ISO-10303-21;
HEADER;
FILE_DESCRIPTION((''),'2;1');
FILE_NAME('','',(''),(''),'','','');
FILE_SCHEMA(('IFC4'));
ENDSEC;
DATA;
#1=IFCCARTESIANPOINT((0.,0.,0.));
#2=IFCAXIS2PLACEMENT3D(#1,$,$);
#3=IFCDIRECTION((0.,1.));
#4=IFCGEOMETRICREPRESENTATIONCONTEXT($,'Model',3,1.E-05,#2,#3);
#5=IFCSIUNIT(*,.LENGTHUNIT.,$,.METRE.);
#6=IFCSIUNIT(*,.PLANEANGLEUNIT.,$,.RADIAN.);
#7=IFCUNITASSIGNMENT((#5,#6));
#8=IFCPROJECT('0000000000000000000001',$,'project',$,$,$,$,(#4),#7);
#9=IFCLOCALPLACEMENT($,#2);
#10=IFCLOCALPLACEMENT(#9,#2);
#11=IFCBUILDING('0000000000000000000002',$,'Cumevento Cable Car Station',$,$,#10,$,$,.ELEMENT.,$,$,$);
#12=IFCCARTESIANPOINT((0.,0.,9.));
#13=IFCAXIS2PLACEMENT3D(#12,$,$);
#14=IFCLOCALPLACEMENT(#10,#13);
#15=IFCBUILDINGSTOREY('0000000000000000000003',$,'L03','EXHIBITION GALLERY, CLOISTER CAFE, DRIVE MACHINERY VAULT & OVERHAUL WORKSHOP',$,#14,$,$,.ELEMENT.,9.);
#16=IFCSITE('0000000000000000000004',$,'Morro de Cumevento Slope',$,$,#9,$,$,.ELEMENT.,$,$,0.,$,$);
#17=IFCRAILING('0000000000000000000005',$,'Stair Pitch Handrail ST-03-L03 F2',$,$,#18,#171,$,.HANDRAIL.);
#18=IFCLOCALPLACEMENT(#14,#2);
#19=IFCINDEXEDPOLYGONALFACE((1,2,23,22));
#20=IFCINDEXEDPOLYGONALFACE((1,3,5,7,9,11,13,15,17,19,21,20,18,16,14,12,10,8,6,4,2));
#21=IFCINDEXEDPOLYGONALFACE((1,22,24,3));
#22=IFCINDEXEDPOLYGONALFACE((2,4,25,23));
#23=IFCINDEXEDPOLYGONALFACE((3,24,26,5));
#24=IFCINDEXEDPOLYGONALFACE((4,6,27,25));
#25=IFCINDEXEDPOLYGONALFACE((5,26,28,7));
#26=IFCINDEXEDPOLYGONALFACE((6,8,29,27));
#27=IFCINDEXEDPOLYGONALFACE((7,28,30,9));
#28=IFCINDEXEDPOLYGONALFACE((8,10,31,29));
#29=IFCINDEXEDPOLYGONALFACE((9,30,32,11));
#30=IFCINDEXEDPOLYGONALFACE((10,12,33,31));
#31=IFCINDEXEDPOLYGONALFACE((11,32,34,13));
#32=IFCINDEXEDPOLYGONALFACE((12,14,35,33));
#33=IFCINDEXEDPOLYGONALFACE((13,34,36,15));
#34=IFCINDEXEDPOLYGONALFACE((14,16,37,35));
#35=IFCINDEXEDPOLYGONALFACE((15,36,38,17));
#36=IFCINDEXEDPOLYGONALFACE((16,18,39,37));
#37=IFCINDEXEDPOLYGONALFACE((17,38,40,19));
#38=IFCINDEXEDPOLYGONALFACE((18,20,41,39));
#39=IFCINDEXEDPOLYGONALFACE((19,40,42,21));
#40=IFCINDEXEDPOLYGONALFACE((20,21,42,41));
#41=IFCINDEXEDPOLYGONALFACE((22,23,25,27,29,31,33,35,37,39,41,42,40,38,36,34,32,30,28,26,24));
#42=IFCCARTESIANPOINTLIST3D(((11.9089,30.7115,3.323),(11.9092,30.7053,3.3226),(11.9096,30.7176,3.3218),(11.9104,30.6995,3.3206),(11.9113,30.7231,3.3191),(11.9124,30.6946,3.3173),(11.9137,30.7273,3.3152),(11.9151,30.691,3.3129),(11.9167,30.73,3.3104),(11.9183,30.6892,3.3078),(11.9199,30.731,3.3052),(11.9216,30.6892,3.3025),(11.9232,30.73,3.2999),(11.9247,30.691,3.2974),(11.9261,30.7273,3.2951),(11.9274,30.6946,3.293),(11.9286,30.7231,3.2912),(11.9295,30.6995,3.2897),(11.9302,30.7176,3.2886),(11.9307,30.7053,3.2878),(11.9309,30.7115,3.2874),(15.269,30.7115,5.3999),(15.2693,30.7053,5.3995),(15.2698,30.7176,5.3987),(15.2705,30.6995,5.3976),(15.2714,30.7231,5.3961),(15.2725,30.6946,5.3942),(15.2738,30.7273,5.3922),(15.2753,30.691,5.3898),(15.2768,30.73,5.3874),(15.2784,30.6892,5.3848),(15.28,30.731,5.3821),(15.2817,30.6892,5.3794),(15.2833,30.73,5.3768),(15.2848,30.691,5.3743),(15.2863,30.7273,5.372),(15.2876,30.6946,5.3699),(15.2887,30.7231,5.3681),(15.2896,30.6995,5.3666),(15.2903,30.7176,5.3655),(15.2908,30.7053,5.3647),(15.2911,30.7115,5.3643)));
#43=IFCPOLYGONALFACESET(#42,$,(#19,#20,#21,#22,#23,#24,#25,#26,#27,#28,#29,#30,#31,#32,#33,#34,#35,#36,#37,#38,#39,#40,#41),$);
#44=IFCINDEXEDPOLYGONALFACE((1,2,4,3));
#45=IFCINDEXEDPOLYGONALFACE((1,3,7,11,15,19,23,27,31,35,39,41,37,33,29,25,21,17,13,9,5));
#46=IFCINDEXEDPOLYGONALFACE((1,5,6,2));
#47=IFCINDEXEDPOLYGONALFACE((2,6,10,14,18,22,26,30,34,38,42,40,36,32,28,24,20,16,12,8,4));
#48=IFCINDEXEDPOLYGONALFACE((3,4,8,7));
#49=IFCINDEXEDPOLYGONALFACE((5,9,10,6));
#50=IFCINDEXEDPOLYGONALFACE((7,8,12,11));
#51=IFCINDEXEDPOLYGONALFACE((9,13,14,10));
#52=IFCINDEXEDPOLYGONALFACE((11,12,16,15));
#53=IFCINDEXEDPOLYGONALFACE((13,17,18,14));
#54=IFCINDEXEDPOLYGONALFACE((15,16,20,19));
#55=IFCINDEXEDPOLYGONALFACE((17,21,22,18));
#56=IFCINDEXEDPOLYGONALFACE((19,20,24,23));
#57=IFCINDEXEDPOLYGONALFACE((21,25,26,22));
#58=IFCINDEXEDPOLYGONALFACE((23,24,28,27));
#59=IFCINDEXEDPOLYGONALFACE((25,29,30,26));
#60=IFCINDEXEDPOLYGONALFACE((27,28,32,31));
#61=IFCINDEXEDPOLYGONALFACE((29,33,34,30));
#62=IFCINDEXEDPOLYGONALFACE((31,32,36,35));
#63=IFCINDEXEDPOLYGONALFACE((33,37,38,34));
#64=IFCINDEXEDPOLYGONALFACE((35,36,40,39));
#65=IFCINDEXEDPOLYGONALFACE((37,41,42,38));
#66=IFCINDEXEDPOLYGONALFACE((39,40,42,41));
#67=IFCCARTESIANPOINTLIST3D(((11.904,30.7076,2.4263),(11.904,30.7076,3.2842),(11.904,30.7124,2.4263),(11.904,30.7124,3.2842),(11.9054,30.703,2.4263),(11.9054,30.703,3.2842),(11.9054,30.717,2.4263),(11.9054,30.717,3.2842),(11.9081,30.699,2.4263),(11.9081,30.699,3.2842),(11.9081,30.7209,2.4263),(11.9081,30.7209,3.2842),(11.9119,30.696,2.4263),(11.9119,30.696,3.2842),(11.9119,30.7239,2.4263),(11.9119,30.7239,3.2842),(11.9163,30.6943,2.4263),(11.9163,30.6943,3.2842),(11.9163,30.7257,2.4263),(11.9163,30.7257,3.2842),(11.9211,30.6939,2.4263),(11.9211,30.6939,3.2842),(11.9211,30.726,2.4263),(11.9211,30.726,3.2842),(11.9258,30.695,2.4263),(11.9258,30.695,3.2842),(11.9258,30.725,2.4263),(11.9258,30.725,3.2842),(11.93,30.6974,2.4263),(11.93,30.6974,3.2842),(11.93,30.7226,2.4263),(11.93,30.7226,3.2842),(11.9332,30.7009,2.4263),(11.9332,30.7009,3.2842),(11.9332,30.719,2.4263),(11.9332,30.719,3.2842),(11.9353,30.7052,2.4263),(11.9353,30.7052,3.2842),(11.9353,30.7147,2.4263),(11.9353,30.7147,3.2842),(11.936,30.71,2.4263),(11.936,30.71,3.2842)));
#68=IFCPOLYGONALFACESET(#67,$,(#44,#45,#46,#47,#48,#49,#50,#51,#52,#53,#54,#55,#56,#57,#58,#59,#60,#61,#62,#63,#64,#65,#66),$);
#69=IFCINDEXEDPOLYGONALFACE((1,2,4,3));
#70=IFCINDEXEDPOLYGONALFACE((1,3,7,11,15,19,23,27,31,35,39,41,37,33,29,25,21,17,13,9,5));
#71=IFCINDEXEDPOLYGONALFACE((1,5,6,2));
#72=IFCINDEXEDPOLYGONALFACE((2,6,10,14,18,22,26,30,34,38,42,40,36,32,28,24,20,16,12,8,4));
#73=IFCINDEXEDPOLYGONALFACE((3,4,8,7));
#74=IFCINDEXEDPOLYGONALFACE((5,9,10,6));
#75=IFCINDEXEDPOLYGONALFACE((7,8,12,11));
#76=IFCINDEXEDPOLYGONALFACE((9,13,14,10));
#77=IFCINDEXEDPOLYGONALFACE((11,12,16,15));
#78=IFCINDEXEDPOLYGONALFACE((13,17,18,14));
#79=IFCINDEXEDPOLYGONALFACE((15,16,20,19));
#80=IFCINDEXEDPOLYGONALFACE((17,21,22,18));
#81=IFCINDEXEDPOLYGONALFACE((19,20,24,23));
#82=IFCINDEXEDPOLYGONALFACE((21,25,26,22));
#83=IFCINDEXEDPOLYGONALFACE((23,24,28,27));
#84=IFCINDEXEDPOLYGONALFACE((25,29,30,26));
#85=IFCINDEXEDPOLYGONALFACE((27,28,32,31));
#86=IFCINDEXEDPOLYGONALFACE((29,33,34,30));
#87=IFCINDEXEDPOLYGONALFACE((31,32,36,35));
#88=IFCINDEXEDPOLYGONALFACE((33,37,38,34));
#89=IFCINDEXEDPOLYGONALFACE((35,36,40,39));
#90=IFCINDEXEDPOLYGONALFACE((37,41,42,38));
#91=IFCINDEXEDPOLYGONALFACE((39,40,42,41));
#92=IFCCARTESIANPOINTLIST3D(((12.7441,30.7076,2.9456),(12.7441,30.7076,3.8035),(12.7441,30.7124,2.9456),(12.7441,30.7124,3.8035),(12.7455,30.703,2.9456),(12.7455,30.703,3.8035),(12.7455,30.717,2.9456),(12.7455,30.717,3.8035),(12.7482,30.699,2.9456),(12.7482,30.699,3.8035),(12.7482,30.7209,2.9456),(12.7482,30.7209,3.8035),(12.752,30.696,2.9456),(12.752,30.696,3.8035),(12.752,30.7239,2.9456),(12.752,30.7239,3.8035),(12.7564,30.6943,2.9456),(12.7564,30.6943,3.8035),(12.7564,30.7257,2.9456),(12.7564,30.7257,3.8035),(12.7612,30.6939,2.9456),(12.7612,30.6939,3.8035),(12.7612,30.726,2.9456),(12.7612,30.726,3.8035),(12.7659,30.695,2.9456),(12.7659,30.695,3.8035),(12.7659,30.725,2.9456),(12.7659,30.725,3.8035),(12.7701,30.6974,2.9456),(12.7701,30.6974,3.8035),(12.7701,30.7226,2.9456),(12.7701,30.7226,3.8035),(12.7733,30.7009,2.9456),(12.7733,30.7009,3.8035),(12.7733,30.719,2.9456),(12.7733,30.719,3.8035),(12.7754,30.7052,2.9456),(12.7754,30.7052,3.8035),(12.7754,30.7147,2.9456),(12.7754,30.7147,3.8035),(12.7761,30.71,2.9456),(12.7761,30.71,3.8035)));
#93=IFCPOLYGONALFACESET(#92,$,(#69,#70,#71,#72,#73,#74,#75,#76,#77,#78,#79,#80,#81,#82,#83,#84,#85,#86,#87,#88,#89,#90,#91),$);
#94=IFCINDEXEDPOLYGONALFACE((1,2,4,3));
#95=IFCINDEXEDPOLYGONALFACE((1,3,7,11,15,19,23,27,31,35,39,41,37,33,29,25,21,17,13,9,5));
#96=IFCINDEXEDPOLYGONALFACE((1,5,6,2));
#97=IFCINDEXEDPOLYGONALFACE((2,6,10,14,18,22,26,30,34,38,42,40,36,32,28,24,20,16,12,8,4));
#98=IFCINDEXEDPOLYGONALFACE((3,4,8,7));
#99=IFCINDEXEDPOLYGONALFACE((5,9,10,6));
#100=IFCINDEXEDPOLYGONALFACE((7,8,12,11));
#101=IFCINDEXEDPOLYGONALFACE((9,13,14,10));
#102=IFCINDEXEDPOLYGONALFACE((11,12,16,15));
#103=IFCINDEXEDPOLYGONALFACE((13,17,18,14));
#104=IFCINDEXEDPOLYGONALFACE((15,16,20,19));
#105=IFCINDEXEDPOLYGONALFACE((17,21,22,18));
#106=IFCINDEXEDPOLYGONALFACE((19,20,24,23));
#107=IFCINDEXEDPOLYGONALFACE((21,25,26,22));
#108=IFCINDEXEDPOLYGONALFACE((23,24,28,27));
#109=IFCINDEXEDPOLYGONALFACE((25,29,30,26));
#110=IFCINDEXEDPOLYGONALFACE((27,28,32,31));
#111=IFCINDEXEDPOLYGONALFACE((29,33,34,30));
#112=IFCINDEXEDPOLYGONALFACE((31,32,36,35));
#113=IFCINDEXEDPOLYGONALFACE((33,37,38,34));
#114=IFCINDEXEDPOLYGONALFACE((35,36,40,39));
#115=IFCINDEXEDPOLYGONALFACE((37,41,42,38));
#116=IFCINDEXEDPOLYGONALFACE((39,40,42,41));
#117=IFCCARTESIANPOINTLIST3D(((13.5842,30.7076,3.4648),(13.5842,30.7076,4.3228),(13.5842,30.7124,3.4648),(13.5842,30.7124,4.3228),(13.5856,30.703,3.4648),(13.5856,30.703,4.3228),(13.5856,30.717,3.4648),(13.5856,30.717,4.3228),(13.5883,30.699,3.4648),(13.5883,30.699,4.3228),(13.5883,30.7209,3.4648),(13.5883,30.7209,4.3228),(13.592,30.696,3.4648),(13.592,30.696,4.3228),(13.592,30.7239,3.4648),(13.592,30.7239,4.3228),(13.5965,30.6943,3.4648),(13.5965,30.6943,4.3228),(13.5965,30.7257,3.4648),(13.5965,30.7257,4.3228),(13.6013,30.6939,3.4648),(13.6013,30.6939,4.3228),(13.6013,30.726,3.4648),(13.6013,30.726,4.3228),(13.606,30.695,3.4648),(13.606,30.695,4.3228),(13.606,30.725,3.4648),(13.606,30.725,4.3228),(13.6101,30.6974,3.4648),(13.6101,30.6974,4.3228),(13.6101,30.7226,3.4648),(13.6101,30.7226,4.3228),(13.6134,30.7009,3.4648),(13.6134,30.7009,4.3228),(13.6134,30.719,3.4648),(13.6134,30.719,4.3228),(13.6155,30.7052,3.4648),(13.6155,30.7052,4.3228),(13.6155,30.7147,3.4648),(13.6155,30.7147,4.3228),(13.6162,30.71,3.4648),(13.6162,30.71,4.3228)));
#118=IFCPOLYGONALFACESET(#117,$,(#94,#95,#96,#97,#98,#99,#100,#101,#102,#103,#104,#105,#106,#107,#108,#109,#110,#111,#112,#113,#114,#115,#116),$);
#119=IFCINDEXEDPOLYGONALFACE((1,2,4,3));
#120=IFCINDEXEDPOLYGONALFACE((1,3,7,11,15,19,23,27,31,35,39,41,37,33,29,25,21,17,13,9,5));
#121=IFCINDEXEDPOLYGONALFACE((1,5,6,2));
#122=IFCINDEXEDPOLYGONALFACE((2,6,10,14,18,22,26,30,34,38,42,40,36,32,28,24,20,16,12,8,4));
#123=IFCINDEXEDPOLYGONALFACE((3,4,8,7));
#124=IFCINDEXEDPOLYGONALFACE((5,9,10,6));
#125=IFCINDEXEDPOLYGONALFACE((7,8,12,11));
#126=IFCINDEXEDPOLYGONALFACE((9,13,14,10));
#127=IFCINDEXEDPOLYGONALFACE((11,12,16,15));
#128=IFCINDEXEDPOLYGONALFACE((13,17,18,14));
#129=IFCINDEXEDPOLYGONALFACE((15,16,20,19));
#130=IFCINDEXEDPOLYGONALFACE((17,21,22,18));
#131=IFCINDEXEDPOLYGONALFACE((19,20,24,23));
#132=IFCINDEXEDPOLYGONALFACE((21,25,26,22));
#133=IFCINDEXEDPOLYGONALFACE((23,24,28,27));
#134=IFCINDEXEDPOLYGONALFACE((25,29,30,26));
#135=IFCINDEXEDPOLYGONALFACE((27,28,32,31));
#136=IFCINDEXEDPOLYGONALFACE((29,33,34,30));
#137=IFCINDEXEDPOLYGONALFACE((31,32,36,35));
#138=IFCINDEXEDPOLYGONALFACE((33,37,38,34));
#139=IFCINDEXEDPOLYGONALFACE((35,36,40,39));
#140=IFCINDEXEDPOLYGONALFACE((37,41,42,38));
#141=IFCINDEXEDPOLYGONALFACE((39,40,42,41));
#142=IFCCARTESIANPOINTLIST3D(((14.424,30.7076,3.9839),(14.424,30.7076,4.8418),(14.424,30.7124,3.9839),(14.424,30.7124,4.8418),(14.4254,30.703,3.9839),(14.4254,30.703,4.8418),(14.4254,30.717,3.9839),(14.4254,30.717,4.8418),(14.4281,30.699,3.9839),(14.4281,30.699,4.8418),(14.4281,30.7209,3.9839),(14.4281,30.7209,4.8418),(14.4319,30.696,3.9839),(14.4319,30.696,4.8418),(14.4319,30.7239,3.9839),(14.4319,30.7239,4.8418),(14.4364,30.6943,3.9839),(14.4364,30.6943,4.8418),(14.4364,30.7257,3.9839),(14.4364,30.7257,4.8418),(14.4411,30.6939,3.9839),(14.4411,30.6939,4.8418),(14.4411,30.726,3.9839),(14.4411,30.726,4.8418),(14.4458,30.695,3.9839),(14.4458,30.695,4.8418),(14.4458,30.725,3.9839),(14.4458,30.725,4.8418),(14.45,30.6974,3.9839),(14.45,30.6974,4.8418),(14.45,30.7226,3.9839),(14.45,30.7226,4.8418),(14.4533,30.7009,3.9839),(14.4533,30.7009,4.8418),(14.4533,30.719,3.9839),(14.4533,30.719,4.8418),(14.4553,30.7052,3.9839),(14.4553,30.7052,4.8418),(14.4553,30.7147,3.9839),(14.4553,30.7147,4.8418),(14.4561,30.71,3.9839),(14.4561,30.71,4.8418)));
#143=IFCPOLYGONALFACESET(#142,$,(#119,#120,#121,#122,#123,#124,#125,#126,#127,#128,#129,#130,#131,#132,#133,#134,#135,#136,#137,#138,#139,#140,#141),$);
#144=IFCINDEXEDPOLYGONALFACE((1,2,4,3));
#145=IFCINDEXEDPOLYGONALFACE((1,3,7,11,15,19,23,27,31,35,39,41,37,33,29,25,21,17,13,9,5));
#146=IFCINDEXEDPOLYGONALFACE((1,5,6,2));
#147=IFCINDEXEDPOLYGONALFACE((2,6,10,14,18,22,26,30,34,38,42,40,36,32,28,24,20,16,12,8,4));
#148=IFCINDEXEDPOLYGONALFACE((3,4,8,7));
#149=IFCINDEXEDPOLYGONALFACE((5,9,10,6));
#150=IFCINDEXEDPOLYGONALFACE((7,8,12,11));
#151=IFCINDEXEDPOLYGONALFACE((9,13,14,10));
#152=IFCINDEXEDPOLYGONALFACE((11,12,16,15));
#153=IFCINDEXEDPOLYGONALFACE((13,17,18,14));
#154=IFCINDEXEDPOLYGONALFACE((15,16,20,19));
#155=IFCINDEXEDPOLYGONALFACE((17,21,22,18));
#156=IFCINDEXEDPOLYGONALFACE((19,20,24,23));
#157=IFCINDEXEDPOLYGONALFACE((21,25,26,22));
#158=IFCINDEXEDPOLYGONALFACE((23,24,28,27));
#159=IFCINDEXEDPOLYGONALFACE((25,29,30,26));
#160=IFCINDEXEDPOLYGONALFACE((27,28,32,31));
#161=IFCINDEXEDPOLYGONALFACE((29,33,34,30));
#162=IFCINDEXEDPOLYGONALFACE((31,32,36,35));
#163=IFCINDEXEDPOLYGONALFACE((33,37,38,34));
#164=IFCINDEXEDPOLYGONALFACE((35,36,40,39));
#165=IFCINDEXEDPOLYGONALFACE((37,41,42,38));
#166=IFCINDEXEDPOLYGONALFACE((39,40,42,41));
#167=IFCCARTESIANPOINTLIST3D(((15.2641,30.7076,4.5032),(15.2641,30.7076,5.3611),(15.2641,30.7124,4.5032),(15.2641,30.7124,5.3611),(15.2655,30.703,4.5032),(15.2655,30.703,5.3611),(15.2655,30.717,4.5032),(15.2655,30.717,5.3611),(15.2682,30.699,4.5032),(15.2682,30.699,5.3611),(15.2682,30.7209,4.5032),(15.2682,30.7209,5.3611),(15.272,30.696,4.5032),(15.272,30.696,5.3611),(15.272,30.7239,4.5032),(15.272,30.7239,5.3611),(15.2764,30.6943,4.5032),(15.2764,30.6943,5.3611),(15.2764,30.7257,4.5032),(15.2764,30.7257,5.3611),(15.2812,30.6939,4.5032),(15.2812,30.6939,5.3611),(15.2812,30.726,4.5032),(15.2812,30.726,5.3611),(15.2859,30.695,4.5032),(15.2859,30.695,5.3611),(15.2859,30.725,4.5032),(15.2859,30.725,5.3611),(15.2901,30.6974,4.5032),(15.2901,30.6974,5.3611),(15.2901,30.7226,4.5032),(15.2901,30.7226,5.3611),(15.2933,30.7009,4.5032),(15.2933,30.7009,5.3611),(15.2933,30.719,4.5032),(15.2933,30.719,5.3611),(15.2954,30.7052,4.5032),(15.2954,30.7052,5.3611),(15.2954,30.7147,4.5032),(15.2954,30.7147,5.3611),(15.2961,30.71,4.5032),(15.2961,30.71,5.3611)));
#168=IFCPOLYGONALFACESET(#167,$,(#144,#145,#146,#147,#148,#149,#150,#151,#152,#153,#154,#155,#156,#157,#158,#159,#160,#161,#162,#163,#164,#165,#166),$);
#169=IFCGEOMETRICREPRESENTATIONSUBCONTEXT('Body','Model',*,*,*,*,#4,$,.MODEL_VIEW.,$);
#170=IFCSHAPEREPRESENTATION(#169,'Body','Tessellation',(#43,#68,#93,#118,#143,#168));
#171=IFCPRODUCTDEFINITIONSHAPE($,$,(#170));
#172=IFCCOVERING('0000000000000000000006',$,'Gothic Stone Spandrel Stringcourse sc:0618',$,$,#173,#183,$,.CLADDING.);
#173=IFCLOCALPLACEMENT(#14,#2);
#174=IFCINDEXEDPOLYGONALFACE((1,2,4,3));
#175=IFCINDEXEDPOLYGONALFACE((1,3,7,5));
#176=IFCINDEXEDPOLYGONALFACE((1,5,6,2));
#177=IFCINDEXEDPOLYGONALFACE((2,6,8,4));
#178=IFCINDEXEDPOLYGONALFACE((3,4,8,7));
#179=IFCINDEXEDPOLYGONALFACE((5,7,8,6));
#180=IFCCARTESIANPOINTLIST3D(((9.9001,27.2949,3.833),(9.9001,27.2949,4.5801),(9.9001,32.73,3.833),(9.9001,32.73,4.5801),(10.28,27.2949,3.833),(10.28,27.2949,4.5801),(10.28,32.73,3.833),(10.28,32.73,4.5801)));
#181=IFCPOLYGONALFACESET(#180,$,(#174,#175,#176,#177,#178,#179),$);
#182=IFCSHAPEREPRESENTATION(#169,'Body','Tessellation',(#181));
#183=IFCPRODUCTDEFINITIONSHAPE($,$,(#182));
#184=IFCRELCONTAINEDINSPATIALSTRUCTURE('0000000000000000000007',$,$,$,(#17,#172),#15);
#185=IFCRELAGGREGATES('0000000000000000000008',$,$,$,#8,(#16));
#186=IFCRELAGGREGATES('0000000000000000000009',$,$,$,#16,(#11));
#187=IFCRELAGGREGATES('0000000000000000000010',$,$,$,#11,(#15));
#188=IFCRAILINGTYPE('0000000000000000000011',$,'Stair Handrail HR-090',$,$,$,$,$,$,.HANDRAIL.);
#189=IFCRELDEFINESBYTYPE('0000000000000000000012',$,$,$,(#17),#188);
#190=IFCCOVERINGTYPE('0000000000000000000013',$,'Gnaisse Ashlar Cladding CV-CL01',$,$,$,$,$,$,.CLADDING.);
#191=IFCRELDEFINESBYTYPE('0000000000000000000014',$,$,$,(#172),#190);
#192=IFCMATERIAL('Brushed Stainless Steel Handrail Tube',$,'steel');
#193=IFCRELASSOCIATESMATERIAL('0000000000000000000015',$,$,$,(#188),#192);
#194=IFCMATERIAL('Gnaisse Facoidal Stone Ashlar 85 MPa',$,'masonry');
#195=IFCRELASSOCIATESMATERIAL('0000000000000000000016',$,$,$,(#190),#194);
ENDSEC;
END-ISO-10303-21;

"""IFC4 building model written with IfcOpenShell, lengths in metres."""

from ifc_helpers import new_model, si_unit, direction, frame, origin, origin_2d, place, context, subcontext, project, spatial, rectangle, circle, extrude, material, type_object, element, save


model = new_model("IFC4")

# Units and contexts
model_context = context("Model", 3, precision=1e-05, world=origin(), true_north=direction((0.0, 1.0)))
body_context = subcontext(model_context, "Body", "Model", "MODEL_VIEW")
ifc_project = project(units=[si_unit("LENGTHUNIT", "METRE"), si_unit("PLANEANGLEUNIT", "RADIAN")], contexts=[model_context])

# Site, building, storey
site_placement = place(None, origin())
site = spatial("IfcSite", under=ifc_project, at=site_placement, Name="Morro de Cumevento Slope", CompositionType="ELEMENT", RefElevation=0.0)
building_placement = place(site_placement, origin())
building = spatial("IfcBuilding", under=site, at=building_placement, Name="Cumevento Cable Car Station", CompositionType="ELEMENT")
storey_placement = place(building_placement, frame((0.0, 0.0, 9.0)))
storey = spatial("IfcBuildingStorey", under=building, at=storey_placement, Name="L03", Description="EXHIBITION GALLERY, CLOISTER CAFE, DRIVE MACHINERY VAULT & OVERHAUL WORKSHOP", CompositionType="ELEMENT", Elevation=9.0)

# Railing
ifc_material_1 = material(Name="Brushed Stainless Steel Handrail Tube", Category="steel")
railing_type_1 = type_object("IfcRailingType", Name="Stair Handrail HR-090", PredefinedType="HANDRAIL", material=ifc_material_1)
railing_1_placement = place(storey_placement, frame((11.9199, 30.71, 2.4263)))
element("IfcRailing", 1, at=railing_1_placement, inside=storey, type_object=railing_type_1, Name="Stair Pitch Handrail ST-03-L03 F2", PredefinedType="HANDRAIL", context=body_context, shape_type="SweptSolid", body=[
    extrude(circle(Radius=0.021, at=origin_2d()), frame((0.0, 0.0, 0.8789), z_axis=(0.850623, 0.0, 0.525776), x_axis=(0.0, 1.0, 0.0)), (0.0, 0.0, 1.0), 3.9502),
    extrude(circle(Radius=0.0161, at=origin_2d()), origin(), (0.0, 0.0, 1.0), 0.8579),
    extrude(circle(Radius=0.0161, at=origin_2d()), frame((0.8401, 0.0, 0.5193)), (0.0, 0.0, 1.0), 0.8579),
    extrude(circle(Radius=0.0161, at=origin_2d()), frame((1.6802, 0.0, 1.0386)), (0.0, 0.0, 1.0), 0.8579),
    extrude(circle(Radius=0.0161, at=origin_2d()), frame((2.52, 0.0, 1.5576)), (0.0, 0.0, 1.0), 0.8579),
    extrude(circle(Radius=0.0161, at=origin_2d()), frame((3.3601, 0.0, 2.0769)), (0.0, 0.0, 1.0), 0.8579),
])

# Covering
ifc_material_2 = material(Name="Gnaisse Facoidal Stone Ashlar 85 MPa", Category="masonry")
covering_type = type_object("IfcCoveringType", Name="Gnaisse Ashlar Cladding CV-CL01", PredefinedType="CLADDING", material=ifc_material_2)
covering_1_placement = place(storey_placement, frame((10.0901, 30.0125, 3.833), z_axis=(0.0, 0.0, 1.0), x_axis=(0.0, 1.0, 0.0)))
element("IfcCovering", 2, at=covering_1_placement, inside=storey, type_object=covering_type, Name="Gothic Stone Spandrel Stringcourse sc:0618", PredefinedType="CLADDING", context=body_context, shape_type="SweptSolid", body=[
    extrude(rectangle(XDim=5.4351, YDim=0.3799, at=origin_2d()), origin(), (0.0, 0.0, 1.0), 0.7471),
])

save(model, "model.ifc")
